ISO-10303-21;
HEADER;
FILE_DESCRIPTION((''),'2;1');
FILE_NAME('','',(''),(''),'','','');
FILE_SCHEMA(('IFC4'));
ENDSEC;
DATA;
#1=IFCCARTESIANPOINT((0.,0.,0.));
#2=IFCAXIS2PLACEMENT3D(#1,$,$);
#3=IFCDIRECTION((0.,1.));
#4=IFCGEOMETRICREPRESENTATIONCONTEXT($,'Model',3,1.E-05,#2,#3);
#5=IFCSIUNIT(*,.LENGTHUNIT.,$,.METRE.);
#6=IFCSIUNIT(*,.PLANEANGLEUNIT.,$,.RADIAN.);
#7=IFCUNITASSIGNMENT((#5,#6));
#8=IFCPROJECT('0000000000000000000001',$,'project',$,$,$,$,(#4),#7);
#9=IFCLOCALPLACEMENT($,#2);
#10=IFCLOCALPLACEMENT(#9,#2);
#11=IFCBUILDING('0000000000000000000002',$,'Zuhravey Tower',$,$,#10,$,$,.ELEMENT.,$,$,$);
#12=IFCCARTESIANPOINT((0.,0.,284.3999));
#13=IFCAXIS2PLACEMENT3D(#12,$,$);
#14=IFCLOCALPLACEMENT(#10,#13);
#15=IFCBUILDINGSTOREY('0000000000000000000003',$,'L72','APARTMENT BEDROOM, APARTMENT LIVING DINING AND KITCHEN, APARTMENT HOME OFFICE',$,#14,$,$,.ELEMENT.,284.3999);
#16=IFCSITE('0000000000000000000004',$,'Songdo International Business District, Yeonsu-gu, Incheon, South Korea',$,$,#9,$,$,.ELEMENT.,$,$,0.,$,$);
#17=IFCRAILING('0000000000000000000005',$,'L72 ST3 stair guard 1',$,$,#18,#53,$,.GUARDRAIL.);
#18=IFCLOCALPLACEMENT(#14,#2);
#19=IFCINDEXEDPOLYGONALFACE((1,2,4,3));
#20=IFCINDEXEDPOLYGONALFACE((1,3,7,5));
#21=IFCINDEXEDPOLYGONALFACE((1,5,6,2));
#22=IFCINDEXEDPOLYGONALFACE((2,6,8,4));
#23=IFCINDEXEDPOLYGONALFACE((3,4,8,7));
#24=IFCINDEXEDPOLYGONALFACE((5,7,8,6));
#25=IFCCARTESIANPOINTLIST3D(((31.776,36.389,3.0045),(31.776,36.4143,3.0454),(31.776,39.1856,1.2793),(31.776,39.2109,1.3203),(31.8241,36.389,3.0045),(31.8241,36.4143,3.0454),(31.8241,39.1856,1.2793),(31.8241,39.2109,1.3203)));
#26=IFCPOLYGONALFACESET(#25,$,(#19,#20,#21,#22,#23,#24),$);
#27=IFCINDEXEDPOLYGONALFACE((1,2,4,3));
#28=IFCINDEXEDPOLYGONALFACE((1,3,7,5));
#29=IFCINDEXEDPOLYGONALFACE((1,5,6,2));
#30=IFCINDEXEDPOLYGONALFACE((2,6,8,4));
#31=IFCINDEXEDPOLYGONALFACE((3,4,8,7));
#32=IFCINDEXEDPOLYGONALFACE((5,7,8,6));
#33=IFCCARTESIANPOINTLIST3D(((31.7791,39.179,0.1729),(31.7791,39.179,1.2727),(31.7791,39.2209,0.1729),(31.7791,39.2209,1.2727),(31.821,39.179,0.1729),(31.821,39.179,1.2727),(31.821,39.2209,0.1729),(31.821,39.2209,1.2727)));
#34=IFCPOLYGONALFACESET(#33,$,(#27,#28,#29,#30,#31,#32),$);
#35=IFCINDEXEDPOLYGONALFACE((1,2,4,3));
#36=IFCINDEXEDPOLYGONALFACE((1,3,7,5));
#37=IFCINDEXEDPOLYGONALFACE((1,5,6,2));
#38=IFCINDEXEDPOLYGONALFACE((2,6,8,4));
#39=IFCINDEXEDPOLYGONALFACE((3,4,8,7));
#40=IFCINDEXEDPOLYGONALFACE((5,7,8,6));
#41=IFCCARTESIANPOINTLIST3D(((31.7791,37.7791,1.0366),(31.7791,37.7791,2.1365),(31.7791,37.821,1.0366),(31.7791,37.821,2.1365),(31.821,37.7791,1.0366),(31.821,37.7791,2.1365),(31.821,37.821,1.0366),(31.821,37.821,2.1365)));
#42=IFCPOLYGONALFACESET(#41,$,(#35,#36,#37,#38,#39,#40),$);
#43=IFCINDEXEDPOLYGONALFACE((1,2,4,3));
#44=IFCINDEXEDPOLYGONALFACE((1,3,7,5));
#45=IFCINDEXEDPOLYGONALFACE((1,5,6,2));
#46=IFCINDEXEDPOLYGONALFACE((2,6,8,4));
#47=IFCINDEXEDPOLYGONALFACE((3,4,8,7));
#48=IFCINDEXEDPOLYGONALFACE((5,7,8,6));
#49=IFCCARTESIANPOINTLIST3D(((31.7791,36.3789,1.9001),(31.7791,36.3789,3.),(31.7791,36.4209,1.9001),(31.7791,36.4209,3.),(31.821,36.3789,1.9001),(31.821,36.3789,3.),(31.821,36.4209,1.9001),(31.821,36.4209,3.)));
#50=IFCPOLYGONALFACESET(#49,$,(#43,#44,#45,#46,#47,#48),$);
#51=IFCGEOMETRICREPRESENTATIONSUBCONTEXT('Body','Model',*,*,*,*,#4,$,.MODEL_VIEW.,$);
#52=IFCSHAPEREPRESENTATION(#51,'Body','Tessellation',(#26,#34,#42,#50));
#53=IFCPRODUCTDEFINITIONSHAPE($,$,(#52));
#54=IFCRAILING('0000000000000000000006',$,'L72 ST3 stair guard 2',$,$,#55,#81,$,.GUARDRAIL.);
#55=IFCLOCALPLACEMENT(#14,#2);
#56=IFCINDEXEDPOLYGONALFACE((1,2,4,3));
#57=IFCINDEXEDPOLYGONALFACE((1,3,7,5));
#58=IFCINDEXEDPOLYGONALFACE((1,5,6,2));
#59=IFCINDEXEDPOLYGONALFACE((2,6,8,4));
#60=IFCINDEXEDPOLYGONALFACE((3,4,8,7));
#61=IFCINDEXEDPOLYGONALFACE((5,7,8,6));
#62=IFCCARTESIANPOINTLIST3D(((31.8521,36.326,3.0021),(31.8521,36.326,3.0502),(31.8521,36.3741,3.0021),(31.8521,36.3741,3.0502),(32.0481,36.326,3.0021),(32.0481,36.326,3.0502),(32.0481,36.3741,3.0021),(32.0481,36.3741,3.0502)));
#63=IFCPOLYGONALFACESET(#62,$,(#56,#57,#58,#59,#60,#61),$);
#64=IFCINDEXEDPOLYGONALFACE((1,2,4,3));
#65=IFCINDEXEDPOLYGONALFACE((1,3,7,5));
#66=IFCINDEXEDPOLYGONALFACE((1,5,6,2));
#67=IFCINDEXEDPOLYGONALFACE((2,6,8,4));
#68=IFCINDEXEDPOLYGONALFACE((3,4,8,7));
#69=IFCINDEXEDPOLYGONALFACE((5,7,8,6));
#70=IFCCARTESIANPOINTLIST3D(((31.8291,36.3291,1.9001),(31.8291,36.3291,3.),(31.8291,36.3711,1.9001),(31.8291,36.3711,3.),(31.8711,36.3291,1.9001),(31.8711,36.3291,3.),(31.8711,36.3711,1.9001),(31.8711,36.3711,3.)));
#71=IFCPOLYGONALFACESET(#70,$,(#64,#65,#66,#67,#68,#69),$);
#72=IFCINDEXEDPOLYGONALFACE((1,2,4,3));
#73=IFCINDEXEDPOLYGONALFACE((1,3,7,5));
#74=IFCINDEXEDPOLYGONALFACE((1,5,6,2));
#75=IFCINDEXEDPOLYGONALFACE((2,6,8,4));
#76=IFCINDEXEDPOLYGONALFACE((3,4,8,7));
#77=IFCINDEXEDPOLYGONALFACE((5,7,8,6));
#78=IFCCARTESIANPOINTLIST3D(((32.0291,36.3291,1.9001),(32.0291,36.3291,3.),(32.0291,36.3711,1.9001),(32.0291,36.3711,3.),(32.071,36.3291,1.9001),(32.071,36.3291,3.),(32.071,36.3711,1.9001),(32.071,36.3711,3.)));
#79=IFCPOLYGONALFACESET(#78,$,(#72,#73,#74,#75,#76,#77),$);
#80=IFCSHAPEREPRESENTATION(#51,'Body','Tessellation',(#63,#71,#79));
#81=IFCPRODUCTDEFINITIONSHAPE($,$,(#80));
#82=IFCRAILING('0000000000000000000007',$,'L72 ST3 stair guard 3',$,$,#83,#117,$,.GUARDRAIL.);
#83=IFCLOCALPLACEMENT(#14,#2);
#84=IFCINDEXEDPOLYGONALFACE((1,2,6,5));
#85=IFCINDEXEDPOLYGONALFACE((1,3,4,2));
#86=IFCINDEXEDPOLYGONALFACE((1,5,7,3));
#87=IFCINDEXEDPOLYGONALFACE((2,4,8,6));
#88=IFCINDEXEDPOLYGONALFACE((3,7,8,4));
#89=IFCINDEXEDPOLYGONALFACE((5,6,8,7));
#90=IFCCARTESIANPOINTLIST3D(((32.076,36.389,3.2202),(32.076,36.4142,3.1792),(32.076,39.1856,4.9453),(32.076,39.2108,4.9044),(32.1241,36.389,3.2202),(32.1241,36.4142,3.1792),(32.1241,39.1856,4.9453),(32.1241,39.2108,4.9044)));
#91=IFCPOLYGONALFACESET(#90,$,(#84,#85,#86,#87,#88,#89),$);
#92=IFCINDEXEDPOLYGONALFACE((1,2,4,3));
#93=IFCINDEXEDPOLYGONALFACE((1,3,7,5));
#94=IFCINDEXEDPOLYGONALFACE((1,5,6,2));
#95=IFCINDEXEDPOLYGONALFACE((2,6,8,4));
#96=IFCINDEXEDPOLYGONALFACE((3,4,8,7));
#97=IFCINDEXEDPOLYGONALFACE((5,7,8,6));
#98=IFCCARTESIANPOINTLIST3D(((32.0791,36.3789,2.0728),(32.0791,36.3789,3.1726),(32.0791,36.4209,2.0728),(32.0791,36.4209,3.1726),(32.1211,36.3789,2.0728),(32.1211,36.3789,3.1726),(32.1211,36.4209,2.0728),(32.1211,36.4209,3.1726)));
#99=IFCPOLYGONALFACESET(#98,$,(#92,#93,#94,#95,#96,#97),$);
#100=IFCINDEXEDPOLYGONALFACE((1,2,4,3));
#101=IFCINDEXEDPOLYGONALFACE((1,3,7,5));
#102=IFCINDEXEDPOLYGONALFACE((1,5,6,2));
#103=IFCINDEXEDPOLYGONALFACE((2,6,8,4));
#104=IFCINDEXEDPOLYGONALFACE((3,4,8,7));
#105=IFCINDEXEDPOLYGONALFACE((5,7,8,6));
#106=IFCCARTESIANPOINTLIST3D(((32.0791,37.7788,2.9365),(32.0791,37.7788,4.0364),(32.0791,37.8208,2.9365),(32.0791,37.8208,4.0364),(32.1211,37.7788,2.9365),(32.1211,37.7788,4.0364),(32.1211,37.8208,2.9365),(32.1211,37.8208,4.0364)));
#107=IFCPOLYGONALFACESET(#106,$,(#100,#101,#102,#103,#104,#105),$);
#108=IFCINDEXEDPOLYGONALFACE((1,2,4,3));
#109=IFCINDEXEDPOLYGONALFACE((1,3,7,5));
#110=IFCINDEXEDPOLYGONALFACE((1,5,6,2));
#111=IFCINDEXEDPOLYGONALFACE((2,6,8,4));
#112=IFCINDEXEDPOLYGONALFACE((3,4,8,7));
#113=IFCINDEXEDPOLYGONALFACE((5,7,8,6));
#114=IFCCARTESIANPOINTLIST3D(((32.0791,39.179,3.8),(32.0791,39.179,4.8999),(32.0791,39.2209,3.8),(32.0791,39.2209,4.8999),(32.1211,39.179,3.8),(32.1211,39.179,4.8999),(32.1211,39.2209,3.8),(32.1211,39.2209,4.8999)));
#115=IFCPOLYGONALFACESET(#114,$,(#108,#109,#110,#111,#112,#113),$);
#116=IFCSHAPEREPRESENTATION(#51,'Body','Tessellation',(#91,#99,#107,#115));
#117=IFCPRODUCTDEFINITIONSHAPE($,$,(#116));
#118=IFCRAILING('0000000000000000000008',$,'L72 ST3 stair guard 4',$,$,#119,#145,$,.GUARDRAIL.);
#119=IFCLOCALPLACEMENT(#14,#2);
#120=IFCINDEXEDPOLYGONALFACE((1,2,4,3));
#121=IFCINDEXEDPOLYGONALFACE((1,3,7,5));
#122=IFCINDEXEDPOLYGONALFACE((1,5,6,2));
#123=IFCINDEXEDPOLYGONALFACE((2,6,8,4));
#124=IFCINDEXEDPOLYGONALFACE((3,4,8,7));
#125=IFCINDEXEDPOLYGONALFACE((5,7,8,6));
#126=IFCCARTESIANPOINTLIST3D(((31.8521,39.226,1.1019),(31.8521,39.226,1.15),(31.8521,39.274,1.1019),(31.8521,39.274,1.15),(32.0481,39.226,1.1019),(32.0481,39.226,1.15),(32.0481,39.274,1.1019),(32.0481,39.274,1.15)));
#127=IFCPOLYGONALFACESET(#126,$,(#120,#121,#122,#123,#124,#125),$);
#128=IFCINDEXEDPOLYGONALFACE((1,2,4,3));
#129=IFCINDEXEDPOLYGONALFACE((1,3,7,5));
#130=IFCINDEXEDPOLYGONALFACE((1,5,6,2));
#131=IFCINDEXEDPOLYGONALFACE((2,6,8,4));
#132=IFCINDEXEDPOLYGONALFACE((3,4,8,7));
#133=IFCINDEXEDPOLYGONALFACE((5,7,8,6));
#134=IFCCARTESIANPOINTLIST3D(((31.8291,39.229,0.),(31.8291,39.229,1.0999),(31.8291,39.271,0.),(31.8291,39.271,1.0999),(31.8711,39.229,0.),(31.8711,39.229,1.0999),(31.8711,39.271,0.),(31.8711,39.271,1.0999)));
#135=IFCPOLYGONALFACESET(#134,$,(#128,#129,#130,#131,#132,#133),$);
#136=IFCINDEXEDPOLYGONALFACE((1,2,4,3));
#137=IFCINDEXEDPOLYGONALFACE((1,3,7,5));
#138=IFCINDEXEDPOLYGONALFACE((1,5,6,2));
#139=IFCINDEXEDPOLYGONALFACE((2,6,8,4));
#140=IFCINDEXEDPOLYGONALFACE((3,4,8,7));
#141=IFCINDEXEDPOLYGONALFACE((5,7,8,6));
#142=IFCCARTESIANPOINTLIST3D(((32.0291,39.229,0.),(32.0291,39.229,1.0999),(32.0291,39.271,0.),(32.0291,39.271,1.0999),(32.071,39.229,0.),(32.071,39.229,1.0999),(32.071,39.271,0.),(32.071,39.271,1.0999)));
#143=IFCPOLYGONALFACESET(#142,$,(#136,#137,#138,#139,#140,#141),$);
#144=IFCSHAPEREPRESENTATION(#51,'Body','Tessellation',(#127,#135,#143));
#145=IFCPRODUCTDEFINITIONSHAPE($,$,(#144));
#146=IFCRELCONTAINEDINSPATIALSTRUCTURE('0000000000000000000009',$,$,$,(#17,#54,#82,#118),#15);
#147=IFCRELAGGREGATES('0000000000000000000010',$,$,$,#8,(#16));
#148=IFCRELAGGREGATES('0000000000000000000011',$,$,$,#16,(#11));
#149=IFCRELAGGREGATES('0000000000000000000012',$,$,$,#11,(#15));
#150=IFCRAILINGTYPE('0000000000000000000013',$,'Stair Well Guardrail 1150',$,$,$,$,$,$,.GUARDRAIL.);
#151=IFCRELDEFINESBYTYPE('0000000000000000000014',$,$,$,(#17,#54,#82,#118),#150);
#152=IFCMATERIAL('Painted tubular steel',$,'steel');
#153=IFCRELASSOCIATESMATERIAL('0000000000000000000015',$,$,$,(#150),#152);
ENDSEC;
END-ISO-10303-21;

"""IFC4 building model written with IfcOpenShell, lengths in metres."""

from ifc_helpers import new_model, si_unit, direction, frame, origin, origin_2d, place, context, subcontext, project, spatial, rectangle, extrude, material, type_object, element, save


model = new_model("IFC4")

# Units and contexts
model_context = context("Model", 3, precision=1e-05, world=origin(), true_north=direction((0.0, 1.0)))
body_context = subcontext(model_context, "Body", "Model", "MODEL_VIEW")
ifc_project = project(units=[si_unit("LENGTHUNIT", "METRE"), si_unit("PLANEANGLEUNIT", "RADIAN")], contexts=[model_context])

# Site, building, storey
site_placement = place(None, origin())
site = spatial("IfcSite", under=ifc_project, at=site_placement, Name="Songdo International Business District, Yeonsu-gu, Incheon, South Korea", CompositionType="ELEMENT", RefElevation=0.0)
building_placement = place(site_placement, origin())
building = spatial("IfcBuilding", under=site, at=building_placement, Name="Zuhravey Tower", CompositionType="ELEMENT")
storey_placement = place(building_placement, frame((0.0, 0.0, 284.3999)))
storey = spatial("IfcBuildingStorey", under=building, at=storey_placement, Name="L72", Description="APARTMENT BEDROOM, APARTMENT LIVING DINING AND KITCHEN, APARTMENT HOME OFFICE", CompositionType="ELEMENT", Elevation=284.3999)

# Railings
ifc_material_1 = material(Name="Painted tubular steel", Category="steel")
railing_type_1 = type_object("IfcRailingType", Name="Stair Well Guardrail 1150", PredefinedType="GUARDRAIL", material=ifc_material_1)
railing_1_placement = place(storey_placement, frame((31.8, 39.2, 0.1729)))
element("IfcRailing", 1, at=railing_1_placement, inside=storey, type_object=railing_type_1, Name="L72 ST3 stair guard 1", PredefinedType="GUARDRAIL", context=body_context, shape_type="SweptSolid", body=[
    extrude(rectangle(XDim=0.0481, YDim=0.0481, at=origin_2d()), frame((0.0, -0.0017, 1.127), z_axis=(0.0, -0.85109, 0.52502), x_axis=(1.0, 0.0, 0.0)), (0.0, 0.0, 1.0), 3.2859),
    extrude(rectangle(XDim=0.042, YDim=0.042, at=origin_2d()), origin(), (0.0, 0.0, 1.0), 1.0999),
    extrude(rectangle(XDim=0.042, YDim=0.042, at=origin_2d()), frame((0.0, -1.3999, 0.8638)), (0.0, 0.0, 1.0), 1.0999),
    extrude(rectangle(XDim=0.042, YDim=0.042, at=origin_2d()), frame((0.0, -2.8, 1.7273)), (0.0, 0.0, 1.0), 1.0999),
])
railing_2_placement = place(storey_placement, frame((31.8501, 36.3501, 1.9001)))
element("IfcRailing", 2, at=railing_2_placement, inside=storey, type_object=railing_type_1, Name="L72 ST3 stair guard 2", PredefinedType="GUARDRAIL", context=body_context, shape_type="SweptSolid", body=[
    extrude(rectangle(XDim=0.0481, YDim=0.0481, at=origin_2d()), frame((0.002, 0.0, 1.126), z_axis=(1.0, 0.0, 0.0), x_axis=(0.0, 1.0, 0.0)), (0.0, 0.0, 1.0), 0.196),
    extrude(rectangle(XDim=0.042, YDim=0.042, at=origin_2d()), origin(), (0.0, 0.0, 1.0), 1.0999),
    extrude(rectangle(XDim=0.042, YDim=0.042, at=origin_2d()), frame((0.2, 0.0, 0.0)), (0.0, 0.0, 1.0), 1.0999),
])
railing_3_placement = place(storey_placement, frame((32.1001, 36.3999, 2.0728)))
element("IfcRailing", 3, at=railing_3_placement, inside=storey, type_object=railing_type_1, Name="L72 ST3 stair guard 3", PredefinedType="GUARDRAIL", context=body_context, shape_type="SweptSolid", body=[
    extrude(rectangle(XDim=0.0481, YDim=0.0481, at=origin_2d()), frame((0.0, 0.0017, 1.127), z_axis=(0.0, 0.85109, 0.52502), x_axis=(-1.0, 0.0, 0.0)), (0.0, 0.0, 1.0), 3.2859),
    extrude(rectangle(XDim=0.042, YDim=0.042, at=origin_2d()), origin(), (0.0, 0.0, 1.0), 1.0999),
    extrude(rectangle(XDim=0.042, YDim=0.042, at=origin_2d()), frame((0.0, 1.3999, 0.8638)), (0.0, 0.0, 1.0), 1.0999),
    extrude(rectangle(XDim=0.042, YDim=0.042, at=origin_2d()), frame((0.0, 2.8, 1.7273)), (0.0, 0.0, 1.0), 1.0999),
])
railing_4_placement = place(storey_placement, frame((31.8501, 39.25, 0.0)))
element("IfcRailing", 4, at=railing_4_placement, inside=storey, type_object=railing_type_1, Name="L72 ST3 stair guard 4", PredefinedType="GUARDRAIL", context=body_context, shape_type="SweptSolid", body=[
    extrude(rectangle(XDim=0.0481, YDim=0.0481, at=origin_2d()), frame((0.002, 0.0, 1.126), z_axis=(1.0, 0.0, 0.0), x_axis=(0.0, 1.0, 0.0)), (0.0, 0.0, 1.0), 0.196),
    extrude(rectangle(XDim=0.042, YDim=0.042, at=origin_2d()), origin(), (0.0, 0.0, 1.0), 1.0999),
    extrude(rectangle(XDim=0.042, YDim=0.042, at=origin_2d()), frame((0.2, 0.0, 0.0)), (0.0, 0.0, 1.0), 1.0999),
])

save(model, "model.ifc")
